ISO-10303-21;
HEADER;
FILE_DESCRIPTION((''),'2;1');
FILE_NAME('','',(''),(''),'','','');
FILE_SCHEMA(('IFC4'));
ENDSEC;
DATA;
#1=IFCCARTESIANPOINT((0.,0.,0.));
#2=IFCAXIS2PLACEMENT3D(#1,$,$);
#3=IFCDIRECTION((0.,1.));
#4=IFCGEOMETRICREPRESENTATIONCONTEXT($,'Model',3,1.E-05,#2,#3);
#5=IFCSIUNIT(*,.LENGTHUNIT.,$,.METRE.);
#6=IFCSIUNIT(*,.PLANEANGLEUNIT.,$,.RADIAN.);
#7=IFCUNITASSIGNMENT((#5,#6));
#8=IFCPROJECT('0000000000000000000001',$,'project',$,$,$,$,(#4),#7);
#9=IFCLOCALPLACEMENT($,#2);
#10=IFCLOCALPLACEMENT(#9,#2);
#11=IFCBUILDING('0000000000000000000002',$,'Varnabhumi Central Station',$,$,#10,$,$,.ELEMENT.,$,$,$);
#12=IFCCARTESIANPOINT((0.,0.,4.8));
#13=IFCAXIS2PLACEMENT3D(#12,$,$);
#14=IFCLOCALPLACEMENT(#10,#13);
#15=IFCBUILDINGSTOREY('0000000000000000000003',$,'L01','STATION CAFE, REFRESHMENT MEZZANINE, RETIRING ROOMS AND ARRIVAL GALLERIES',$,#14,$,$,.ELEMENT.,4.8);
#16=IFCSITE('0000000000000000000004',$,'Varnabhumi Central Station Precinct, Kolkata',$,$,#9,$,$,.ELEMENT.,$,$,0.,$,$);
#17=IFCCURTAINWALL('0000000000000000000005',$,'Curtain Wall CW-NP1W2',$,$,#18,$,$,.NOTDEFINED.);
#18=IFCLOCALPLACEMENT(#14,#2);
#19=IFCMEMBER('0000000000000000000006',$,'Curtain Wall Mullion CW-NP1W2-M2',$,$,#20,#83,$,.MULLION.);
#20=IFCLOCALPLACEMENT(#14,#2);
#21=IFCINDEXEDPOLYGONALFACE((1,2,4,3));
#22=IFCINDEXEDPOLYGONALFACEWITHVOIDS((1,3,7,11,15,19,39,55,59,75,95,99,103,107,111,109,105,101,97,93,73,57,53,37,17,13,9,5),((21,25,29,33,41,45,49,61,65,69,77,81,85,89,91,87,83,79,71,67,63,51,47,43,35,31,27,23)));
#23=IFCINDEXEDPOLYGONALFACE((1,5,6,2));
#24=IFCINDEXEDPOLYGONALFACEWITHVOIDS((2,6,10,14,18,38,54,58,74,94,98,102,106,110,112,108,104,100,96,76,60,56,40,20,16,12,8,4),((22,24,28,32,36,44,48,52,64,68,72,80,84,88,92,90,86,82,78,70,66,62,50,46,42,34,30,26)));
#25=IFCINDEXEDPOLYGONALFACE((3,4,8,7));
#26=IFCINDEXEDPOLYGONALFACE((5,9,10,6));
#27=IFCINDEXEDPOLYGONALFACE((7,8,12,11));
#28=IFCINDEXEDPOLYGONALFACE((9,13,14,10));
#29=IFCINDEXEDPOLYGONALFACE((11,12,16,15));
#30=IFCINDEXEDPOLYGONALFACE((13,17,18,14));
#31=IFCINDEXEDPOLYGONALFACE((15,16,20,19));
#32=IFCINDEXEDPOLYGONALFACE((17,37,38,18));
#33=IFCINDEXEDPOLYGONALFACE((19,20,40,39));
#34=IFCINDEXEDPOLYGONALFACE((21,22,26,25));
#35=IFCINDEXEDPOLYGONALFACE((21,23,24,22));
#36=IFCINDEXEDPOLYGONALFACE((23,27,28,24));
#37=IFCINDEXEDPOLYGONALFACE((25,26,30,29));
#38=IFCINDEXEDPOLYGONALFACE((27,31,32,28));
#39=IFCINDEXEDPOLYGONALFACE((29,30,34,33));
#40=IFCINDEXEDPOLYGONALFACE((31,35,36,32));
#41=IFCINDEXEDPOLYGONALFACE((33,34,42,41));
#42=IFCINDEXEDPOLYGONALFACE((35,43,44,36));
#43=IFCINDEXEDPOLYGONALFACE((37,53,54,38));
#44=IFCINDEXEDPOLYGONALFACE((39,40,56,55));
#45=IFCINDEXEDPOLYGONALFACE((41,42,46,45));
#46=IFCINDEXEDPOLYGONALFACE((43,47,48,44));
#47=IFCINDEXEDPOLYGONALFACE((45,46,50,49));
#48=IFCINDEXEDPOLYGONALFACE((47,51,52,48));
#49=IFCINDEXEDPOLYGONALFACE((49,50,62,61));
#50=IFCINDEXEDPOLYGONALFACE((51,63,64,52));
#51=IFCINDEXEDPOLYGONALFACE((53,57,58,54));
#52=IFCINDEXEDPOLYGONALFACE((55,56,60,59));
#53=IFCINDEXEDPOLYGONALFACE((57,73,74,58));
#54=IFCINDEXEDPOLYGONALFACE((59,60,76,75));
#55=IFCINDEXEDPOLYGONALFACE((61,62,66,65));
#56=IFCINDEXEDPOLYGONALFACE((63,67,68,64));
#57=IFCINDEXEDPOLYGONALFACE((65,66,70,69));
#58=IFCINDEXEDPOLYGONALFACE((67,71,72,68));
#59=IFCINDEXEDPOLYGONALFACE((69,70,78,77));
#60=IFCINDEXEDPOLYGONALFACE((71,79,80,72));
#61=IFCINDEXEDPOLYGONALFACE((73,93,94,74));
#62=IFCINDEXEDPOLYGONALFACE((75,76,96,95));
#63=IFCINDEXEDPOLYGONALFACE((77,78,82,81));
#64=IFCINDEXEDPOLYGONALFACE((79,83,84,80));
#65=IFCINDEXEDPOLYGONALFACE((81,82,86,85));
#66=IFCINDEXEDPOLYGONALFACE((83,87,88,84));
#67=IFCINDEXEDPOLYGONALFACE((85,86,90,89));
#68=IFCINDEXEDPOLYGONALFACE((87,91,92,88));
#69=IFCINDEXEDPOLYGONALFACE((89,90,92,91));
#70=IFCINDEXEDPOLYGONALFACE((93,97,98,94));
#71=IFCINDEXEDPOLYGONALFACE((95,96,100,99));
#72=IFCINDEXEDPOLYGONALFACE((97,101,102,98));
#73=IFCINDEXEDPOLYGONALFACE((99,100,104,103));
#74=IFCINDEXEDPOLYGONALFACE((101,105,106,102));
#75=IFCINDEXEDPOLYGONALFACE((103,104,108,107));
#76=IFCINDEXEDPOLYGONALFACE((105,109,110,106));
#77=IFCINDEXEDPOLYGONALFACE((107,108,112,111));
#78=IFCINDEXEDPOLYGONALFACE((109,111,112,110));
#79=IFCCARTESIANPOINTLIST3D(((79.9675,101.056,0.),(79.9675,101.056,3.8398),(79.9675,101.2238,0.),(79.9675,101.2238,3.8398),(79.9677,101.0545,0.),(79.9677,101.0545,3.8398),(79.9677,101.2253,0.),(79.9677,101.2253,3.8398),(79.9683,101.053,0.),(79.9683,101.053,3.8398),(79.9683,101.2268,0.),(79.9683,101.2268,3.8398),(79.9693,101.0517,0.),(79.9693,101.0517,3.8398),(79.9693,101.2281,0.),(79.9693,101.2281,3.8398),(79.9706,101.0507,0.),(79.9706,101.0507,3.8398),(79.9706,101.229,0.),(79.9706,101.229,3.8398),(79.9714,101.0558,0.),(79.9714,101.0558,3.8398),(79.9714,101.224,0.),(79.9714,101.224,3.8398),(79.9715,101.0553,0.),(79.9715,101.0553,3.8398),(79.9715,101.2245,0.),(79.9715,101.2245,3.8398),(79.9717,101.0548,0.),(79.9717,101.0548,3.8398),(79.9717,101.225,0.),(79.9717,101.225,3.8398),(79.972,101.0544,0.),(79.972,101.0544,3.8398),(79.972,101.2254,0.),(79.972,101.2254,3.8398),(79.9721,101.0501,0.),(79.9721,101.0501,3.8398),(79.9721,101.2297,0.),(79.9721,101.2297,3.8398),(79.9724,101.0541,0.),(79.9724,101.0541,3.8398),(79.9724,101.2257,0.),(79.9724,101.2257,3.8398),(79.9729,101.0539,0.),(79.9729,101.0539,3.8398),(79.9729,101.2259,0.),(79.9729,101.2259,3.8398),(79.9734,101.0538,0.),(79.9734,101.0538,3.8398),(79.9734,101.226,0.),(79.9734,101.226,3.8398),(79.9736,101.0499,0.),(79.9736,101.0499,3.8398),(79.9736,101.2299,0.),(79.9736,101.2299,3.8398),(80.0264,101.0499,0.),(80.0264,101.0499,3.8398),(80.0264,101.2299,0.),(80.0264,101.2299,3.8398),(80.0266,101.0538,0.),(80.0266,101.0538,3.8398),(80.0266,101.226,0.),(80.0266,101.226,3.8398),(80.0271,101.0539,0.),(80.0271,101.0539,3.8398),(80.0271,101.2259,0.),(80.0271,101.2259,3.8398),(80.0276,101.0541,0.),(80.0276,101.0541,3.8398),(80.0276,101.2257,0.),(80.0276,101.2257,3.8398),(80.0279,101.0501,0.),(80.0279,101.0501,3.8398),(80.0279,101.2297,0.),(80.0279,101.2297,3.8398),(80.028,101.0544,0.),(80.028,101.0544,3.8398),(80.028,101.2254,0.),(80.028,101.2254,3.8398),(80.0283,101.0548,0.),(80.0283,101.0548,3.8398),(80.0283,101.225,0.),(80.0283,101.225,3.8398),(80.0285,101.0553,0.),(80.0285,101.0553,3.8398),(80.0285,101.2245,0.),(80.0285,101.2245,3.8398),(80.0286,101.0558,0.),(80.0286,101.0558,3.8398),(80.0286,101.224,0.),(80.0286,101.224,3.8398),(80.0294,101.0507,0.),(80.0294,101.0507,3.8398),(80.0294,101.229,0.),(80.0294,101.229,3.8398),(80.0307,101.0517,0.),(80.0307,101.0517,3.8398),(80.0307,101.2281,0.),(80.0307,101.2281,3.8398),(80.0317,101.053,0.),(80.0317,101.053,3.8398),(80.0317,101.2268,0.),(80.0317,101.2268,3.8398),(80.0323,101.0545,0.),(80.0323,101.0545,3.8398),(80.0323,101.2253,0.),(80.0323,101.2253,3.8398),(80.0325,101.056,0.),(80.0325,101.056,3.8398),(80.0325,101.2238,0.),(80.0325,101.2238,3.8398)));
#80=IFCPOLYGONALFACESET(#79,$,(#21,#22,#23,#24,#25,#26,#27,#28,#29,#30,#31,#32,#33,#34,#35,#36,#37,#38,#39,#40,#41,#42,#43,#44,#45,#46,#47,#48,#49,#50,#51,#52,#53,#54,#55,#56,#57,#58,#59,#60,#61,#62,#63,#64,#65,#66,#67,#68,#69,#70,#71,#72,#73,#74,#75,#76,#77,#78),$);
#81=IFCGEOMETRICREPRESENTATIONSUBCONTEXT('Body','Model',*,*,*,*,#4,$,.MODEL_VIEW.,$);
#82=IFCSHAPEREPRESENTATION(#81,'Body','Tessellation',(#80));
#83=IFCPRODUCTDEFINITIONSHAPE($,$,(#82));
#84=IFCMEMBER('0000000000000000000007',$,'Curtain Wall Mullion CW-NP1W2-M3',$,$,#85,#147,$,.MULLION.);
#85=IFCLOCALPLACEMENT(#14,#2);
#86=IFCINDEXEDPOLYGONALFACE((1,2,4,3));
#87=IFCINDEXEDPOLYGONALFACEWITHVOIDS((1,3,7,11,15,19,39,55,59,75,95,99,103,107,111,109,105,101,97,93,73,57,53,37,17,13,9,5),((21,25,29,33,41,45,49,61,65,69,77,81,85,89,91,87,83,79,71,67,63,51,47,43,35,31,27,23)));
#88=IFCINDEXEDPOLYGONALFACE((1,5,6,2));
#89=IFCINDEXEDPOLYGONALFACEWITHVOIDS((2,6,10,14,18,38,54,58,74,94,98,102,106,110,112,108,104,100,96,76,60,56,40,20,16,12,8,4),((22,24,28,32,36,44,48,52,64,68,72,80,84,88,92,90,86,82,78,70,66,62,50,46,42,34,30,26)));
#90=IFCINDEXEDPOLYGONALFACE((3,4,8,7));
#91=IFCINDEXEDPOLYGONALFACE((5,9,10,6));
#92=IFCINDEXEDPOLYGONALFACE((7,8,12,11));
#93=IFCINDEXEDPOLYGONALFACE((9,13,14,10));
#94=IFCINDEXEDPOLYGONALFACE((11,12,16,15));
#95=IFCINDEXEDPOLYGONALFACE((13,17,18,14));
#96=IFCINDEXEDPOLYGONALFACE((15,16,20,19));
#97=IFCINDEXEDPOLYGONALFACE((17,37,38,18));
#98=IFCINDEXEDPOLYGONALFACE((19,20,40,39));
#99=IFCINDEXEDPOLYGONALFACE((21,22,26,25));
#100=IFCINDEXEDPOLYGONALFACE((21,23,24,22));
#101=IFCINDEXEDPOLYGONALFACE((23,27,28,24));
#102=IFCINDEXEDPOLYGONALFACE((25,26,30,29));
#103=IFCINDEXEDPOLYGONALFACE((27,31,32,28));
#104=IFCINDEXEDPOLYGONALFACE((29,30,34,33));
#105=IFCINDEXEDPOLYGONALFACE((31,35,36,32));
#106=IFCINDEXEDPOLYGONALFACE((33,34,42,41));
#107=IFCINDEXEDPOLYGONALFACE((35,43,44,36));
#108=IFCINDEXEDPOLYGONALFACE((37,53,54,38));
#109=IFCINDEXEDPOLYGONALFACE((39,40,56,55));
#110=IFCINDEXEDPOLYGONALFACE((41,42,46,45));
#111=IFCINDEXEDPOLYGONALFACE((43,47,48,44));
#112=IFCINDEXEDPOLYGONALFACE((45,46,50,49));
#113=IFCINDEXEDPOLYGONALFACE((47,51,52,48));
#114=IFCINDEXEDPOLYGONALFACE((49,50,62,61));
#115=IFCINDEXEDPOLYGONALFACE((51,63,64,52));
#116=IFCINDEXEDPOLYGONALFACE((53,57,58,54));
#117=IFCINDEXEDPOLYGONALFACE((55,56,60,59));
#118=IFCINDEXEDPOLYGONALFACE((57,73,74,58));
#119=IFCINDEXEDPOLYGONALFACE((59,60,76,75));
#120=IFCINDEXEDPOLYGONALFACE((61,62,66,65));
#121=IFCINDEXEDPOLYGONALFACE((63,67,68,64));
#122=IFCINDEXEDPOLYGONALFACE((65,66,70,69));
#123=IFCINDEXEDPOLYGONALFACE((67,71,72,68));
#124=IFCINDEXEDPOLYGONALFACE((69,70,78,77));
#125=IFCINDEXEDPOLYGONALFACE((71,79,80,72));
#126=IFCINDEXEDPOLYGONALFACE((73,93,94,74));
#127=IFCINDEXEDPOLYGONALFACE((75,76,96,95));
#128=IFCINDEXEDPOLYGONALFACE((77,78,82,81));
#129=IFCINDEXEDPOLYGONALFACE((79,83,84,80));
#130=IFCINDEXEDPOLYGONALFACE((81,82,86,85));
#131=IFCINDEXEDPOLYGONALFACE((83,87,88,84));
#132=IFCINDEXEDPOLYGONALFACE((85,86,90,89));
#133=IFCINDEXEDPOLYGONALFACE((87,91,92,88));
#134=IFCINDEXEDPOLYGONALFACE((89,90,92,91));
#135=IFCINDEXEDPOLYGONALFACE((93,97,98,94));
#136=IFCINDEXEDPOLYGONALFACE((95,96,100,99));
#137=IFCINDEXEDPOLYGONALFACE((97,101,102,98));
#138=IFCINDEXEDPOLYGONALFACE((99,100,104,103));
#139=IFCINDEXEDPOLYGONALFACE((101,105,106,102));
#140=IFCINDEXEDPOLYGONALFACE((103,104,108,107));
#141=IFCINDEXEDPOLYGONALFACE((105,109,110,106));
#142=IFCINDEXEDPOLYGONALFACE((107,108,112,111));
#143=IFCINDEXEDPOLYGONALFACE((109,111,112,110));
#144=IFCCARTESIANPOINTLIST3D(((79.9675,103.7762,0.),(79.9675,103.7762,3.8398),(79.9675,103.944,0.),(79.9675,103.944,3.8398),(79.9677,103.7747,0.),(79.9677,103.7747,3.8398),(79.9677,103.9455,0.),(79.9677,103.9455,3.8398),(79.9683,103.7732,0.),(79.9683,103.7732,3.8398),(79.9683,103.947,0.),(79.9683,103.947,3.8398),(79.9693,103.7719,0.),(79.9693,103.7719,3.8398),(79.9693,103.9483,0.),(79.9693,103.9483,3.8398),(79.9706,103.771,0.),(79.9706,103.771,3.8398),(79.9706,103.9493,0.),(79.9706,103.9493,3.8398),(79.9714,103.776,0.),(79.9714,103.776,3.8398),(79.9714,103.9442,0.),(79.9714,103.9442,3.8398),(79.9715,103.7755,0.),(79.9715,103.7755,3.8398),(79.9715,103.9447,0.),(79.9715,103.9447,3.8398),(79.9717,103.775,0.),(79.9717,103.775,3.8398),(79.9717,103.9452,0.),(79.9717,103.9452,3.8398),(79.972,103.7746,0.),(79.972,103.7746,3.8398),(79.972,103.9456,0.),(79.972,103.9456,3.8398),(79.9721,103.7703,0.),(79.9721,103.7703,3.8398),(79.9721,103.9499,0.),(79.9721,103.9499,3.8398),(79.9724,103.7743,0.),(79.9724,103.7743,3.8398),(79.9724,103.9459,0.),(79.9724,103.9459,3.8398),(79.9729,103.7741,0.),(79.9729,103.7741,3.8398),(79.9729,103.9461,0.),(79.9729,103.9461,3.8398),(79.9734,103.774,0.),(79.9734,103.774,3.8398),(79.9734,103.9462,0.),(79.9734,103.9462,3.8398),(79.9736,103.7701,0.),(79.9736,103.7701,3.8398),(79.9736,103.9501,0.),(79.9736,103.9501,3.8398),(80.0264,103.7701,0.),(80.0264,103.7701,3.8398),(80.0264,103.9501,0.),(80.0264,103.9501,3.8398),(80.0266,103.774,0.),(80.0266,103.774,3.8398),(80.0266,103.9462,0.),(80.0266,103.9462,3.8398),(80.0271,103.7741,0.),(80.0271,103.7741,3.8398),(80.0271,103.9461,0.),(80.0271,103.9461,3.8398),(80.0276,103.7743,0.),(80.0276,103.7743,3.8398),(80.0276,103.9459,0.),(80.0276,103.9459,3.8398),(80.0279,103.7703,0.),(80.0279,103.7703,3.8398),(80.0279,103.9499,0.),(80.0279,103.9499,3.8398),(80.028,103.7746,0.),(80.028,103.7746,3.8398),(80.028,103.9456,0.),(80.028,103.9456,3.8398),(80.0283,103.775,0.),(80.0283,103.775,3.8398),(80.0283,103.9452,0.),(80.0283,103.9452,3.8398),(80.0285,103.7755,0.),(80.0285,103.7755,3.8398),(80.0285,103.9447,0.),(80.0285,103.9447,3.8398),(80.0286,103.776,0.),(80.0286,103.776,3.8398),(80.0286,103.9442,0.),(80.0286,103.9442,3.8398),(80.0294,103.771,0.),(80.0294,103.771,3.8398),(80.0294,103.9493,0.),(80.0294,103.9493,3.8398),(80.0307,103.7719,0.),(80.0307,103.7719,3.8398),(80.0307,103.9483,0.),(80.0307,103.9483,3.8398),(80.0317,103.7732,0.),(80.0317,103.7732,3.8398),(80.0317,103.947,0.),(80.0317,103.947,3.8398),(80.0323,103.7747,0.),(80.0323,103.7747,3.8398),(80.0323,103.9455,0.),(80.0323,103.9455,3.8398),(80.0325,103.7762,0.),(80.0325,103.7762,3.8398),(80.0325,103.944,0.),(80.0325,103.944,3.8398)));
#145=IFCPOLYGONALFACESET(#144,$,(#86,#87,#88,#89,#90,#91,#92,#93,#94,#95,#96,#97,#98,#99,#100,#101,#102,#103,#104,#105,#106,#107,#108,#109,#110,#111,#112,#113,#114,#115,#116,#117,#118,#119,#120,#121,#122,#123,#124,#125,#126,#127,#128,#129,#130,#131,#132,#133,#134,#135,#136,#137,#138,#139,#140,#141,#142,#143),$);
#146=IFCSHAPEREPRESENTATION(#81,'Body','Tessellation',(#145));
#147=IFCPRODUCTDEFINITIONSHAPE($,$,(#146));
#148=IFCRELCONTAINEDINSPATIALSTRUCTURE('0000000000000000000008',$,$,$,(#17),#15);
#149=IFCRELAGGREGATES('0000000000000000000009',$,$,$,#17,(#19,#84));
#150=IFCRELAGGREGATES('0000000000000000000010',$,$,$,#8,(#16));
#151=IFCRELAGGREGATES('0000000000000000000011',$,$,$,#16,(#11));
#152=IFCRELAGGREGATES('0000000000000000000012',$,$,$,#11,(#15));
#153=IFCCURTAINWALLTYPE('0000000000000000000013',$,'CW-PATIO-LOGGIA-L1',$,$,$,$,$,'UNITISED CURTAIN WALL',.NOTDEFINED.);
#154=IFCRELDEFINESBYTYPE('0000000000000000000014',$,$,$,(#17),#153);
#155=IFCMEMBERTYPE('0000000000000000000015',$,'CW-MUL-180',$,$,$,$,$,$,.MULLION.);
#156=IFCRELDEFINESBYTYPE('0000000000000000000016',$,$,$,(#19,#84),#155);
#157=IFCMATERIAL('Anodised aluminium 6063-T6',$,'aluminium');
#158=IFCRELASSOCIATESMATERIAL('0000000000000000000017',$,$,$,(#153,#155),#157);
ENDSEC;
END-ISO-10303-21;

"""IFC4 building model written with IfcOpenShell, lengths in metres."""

from ifc_helpers import new_model, si_unit, direction, frame, origin, origin_2d, place, context, subcontext, project, spatial, hollow_rectangle, extrude, material, material_profile, profile_set, type_object, element, aggregate, save


model = new_model("IFC4")

# Units and contexts
model_context = context("Model", 3, precision=1e-05, world=origin(), true_north=direction((0.0, 1.0)))
body_context = subcontext(model_context, "Body", "Model", "MODEL_VIEW")
ifc_project = project(units=[si_unit("LENGTHUNIT", "METRE"), si_unit("PLANEANGLEUNIT", "RADIAN")], contexts=[model_context])

# Site, building, storey
site_placement = place(None, origin())
site = spatial("IfcSite", under=ifc_project, at=site_placement, Name="Varnabhumi Central Station Precinct, Kolkata", CompositionType="ELEMENT", RefElevation=0.0)
building_placement = place(site_placement, origin())
building = spatial("IfcBuilding", under=site, at=building_placement, Name="Varnabhumi Central Station", CompositionType="ELEMENT")
storey_placement = place(building_placement, frame((0.0, 0.0, 4.8)))
storey = spatial("IfcBuildingStorey", under=building, at=storey_placement, Name="L01", Description="STATION CAFE, REFRESHMENT MEZZANINE, RETIRING ROOMS AND ARRIVAL GALLERIES", CompositionType="ELEMENT", Elevation=4.8)

# Curtain wall, members
ifc_material_1 = material(Name="Anodised aluminium 6063-T6", Category="aluminium")
curtain_wall_type = type_object("IfcCurtainWallType", Name="CW-PATIO-LOGGIA-L1", ElementType="UNITISED CURTAIN WALL", PredefinedType="NOTDEFINED", material=ifc_material_1)
curtain_wall_1_placement = place(storey_placement, origin())
curtain_wall_1 = element("IfcCurtainWall", 1, at=curtain_wall_1_placement, inside=storey, type_object=curtain_wall_type, Name="Curtain Wall CW-NP1W2", PredefinedType="NOTDEFINED")
ifc_material_profile_1 = material_profile(ifc_material_1, hollow_rectangle(XDim=0.0649, YDim=0.1799, WallThickness=0.0039, InnerFilletRadius=0.002, OuterFilletRadius=0.0061, at=origin_2d()), Name="Anodised aluminium 6063-T6", Category="aluminium")
ifc_profile_set_1 = profile_set([ifc_material_profile_1], Name="Anodised aluminium 6063-T6")
member_type_1 = type_object("IfcMemberType", Name="CW-MUL-180", PredefinedType="MULLION", material=ifc_profile_set_1)
member_1_placement = place(storey_placement, frame((80.0, 101.1399, 0.0), z_axis=(0.0, 0.0, 1.0), x_axis=(1.0, 0.0, 0.0)))
member_1 = element("IfcMember", 2, at=member_1_placement, type_object=member_type_1, Name="Curtain Wall Mullion CW-NP1W2-M2", PredefinedType="MULLION", context=body_context, shape_type="SweptSolid", body=[
    extrude(hollow_rectangle(XDim=0.0649, YDim=0.1799, WallThickness=0.0039, InnerFilletRadius=0.002, OuterFilletRadius=0.0061, at=origin_2d()), origin(), (0.0, 0.0, 1.0), 3.8398),
])
member_2_placement = place(storey_placement, frame((80.0, 103.8601, 0.0), z_axis=(0.0, 0.0, 1.0), x_axis=(1.0, 0.0, 0.0)))
member_2 = element("IfcMember", 3, at=member_2_placement, type_object=member_type_1, Name="Curtain Wall Mullion CW-NP1W2-M3", PredefinedType="MULLION", context=body_context, shape_type="SweptSolid", body=[
    extrude(hollow_rectangle(XDim=0.0649, YDim=0.1799, WallThickness=0.0039, InnerFilletRadius=0.002, OuterFilletRadius=0.0061, at=origin_2d()), origin(), (0.0, 0.0, 1.0), 3.8398),
])

aggregate(curtain_wall_1, [member_1, member_2])

save(model, "model.ifc")
